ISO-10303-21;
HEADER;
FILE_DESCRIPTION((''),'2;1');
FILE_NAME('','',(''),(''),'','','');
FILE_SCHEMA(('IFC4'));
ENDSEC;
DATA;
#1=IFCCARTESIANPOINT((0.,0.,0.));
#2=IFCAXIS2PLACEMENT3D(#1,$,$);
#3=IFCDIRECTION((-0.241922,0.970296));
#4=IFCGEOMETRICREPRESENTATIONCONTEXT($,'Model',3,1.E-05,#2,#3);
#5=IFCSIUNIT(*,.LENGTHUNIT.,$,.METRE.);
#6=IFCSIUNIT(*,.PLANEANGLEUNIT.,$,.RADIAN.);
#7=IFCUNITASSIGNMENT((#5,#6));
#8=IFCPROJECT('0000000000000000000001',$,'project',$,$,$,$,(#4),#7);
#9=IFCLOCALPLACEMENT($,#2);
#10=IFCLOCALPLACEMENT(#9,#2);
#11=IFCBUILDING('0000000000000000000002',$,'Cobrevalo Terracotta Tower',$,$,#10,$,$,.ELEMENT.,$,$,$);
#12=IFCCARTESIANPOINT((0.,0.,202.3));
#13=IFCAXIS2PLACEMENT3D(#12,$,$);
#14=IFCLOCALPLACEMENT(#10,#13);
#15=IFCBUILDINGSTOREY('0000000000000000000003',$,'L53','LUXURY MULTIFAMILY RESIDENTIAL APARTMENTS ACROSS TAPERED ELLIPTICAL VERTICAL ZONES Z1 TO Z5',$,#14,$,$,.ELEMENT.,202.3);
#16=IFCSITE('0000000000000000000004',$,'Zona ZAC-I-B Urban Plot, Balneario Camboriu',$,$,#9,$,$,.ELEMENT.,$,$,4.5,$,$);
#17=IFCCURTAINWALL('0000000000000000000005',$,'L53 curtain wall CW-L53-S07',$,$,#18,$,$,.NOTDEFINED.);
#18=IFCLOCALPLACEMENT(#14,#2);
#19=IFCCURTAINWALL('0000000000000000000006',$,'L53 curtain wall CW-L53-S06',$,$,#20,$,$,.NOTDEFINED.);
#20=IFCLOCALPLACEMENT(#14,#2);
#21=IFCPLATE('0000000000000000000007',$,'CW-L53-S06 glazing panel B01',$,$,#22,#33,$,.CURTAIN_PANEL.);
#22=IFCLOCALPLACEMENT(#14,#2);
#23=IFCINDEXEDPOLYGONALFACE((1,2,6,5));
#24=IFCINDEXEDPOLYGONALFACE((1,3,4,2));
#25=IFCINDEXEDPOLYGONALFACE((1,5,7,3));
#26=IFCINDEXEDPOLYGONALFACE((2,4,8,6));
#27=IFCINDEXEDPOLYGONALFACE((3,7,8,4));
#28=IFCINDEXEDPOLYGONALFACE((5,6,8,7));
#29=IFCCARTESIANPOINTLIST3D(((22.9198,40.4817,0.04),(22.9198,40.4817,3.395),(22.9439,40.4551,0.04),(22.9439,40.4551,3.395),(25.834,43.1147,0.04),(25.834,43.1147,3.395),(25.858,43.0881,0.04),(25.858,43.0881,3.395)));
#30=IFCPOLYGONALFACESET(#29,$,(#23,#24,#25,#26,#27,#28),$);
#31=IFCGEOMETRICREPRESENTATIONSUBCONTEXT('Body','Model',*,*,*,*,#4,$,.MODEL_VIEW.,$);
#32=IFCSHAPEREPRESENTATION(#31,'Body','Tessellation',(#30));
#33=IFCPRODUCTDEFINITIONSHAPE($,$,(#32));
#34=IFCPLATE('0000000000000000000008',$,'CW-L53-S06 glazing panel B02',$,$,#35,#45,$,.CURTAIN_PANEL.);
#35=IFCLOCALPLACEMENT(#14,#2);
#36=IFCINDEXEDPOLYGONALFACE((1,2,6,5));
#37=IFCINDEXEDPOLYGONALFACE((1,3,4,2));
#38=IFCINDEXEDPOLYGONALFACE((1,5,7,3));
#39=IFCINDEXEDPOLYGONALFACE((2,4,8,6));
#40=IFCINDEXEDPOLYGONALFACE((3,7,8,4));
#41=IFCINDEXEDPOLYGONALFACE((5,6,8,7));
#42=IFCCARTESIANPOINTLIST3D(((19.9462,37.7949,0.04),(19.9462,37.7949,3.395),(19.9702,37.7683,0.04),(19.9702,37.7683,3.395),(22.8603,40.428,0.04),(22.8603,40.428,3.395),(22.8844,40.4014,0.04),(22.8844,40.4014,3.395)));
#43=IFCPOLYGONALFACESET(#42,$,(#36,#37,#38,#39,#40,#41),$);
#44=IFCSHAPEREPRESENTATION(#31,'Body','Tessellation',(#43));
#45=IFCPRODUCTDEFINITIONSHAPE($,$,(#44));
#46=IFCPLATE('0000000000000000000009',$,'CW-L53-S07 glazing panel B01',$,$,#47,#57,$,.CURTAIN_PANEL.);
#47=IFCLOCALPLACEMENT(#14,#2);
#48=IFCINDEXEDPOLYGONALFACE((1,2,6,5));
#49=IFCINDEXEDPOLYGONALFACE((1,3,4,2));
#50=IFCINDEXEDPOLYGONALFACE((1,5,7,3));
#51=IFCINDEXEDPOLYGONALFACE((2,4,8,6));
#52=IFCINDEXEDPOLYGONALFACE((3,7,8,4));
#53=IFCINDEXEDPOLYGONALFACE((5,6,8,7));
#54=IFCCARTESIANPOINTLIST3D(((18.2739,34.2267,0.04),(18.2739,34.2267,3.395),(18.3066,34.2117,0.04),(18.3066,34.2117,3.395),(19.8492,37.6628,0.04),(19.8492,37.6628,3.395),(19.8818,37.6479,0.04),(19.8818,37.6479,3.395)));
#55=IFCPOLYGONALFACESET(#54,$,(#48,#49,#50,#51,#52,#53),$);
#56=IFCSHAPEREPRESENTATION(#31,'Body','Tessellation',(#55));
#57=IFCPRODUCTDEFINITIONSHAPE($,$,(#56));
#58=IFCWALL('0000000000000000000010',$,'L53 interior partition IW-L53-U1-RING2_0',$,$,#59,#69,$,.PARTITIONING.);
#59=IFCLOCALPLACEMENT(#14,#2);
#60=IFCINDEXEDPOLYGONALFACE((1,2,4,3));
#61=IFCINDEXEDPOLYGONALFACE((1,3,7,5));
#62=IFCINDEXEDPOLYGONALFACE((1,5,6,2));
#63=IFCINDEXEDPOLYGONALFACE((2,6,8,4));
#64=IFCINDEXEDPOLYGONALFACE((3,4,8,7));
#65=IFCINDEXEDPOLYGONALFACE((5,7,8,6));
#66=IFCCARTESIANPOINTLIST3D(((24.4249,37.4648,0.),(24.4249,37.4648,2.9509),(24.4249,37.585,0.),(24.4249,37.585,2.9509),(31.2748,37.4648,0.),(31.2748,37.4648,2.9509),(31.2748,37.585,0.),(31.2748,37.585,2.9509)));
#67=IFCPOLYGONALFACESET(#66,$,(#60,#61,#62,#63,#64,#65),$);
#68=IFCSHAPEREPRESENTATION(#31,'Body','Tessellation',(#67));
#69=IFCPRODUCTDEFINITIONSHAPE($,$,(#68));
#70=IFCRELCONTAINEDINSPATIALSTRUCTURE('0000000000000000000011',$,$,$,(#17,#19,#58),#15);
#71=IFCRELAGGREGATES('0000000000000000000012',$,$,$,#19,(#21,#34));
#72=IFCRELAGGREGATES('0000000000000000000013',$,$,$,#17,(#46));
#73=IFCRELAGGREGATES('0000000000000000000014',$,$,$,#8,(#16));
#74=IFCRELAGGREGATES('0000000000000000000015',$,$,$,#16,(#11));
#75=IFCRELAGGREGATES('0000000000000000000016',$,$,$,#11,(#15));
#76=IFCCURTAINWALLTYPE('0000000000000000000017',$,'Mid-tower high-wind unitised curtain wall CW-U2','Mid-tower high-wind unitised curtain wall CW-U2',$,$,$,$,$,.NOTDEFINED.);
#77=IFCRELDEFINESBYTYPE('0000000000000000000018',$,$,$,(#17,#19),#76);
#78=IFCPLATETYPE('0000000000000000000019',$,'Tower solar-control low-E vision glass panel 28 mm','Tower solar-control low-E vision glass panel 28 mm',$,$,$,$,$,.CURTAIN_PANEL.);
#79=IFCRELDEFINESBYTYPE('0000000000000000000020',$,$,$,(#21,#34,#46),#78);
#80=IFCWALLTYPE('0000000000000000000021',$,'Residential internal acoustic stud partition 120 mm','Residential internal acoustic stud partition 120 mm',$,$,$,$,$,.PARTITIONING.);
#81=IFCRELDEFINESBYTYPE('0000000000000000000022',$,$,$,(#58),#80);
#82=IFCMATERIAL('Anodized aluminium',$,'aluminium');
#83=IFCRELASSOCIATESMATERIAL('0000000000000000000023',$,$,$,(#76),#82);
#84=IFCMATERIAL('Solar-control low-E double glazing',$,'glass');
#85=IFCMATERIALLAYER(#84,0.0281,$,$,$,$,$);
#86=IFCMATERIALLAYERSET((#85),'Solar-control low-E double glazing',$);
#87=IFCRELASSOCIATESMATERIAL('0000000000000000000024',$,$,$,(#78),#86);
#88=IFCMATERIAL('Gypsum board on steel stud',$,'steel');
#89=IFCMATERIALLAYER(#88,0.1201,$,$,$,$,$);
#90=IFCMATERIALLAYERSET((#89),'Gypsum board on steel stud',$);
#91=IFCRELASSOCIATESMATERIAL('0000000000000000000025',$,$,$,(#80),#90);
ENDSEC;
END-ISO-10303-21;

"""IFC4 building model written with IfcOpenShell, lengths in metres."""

from ifc_helpers import new_model, si_unit, direction, frame, frame_2d, origin, origin_2d, place, context, subcontext, project, spatial, rectangle, extrude, source, transform, mapped, material, layer, layer_set, type_object, element, aggregate, save


model = new_model("IFC4")

# Units and contexts
model_context = context("Model", 3, precision=1e-05, world=origin(), true_north=direction((-0.241922, 0.970296)))
body_context = subcontext(model_context, "Body", "Model", "MODEL_VIEW")
ifc_project = project(units=[si_unit("LENGTHUNIT", "METRE"), si_unit("PLANEANGLEUNIT", "RADIAN")], contexts=[model_context])

# Site, building, storey
site_placement = place(None, origin())
site = spatial("IfcSite", under=ifc_project, at=site_placement, Name="Zona ZAC-I-B Urban Plot, Balneario Camboriu", CompositionType="ELEMENT", RefElevation=4.5)
building_placement = place(site_placement, origin())
building = spatial("IfcBuilding", under=site, at=building_placement, Name="Cobrevalo Terracotta Tower", CompositionType="ELEMENT")
storey_placement = place(building_placement, frame((0.0, 0.0, 202.3)))
storey = spatial("IfcBuildingStorey", under=building, at=storey_placement, Name="L53", Description="LUXURY MULTIFAMILY RESIDENTIAL APARTMENTS ACROSS TAPERED ELLIPTICAL VERTICAL ZONES Z1 TO Z5", CompositionType="ELEMENT", Elevation=202.3)

# Curtain walls
ifc_material_1 = material(Name="Anodized aluminium", Category="aluminium")
curtain_wall_type = type_object("IfcCurtainWallType", Name="Mid-tower high-wind unitised curtain wall CW-U2", Description="Mid-tower high-wind unitised curtain wall CW-U2", PredefinedType="NOTDEFINED", material=ifc_material_1)
curtain_wall_1_placement = place(storey_placement, origin())
curtain_wall_1 = element("IfcCurtainWall", 1, at=curtain_wall_1_placement, inside=storey, type_object=curtain_wall_type, Name="L53 curtain wall CW-L53-S07", PredefinedType="NOTDEFINED")
curtain_wall_2_placement = place(storey_placement, origin())
curtain_wall_2 = element("IfcCurtainWall", 2, at=curtain_wall_2_placement, inside=storey, type_object=curtain_wall_type, Name="L53 curtain wall CW-L53-S06", PredefinedType="NOTDEFINED")

# Plates
ifc_material_2 = material(Name="Solar-control low-E double glazing", Category="glass")
ifc_layer_1 = layer(ifc_material_2, 0.0281)
ifc_layer_set_1 = layer_set([ifc_layer_1], Name="Solar-control low-E double glazing")
plate_type = type_object("IfcPlateType", Name="Tower solar-control low-E vision glass panel 28 mm", Description="Tower solar-control low-E vision glass panel 28 mm", PredefinedType="CURTAIN_PANEL", material=ifc_layer_set_1)
shared_shape_1 = source(origin(), body_context, "Body", "SweptSolid", [
    extrude(rectangle(XDim=3.9275, YDim=0.0359, at=origin_2d()), origin(), (0.0, 0.0, 1.0), 3.355),
])
plate_1_placement = place(storey_placement, frame((24.3889, 41.7849, 0.04), z_axis=(0.0, 0.0, 1.0), x_axis=(-0.741988, -0.670414, 0.0)))
plate_1 = element("IfcPlate", 3, at=plate_1_placement, type_object=plate_type, Name="CW-L53-S06 glazing panel B01", PredefinedType="CURTAIN_PANEL", context=body_context, shape_type="MappedRepresentation", body=[
    mapped(shared_shape_1, transform((0.0, 0.0, 0.0), scale=1.0)),
])
plate_2_placement = place(storey_placement, frame((21.4153, 39.0981, 0.04), z_axis=(0.0, 0.0, 1.0), x_axis=(-0.741988, -0.670414, 0.0)))
plate_2 = element("IfcPlate", 4, at=plate_2_placement, type_object=plate_type, Name="CW-L53-S06 glazing panel B02", PredefinedType="CURTAIN_PANEL", context=body_context, shape_type="MappedRepresentation", body=[
    mapped(shared_shape_1, transform((0.0, 0.0, 0.0), scale=1.0)),
])
aggregate(curtain_wall_2, [plate_1, plate_2])
shared_shape_2 = source(origin(), body_context, "Body", "SweptSolid", [
    extrude(rectangle(XDim=3.78, YDim=0.0359, at=origin_2d()), origin(), (0.0, 0.0, 1.0), 3.355),
])
plate_3_placement = place(storey_placement, frame((19.0779, 35.9373, 0.04), z_axis=(0.0, 0.0, 1.0), x_axis=(-0.416731, -0.90903, 0.0)))
plate_3 = element("IfcPlate", 5, at=plate_3_placement, type_object=plate_type, Name="CW-L53-S07 glazing panel B01", PredefinedType="CURTAIN_PANEL", context=body_context, shape_type="MappedRepresentation", body=[
    mapped(shared_shape_2, transform((0.0, 0.0, 0.0), scale=1.0)),
])
aggregate(curtain_wall_1, [plate_3])

# Wall
ifc_material_3 = material(Name="Gypsum board on steel stud", Category="steel")
ifc_layer_2 = layer(ifc_material_3, 0.1201)
ifc_layer_set_2 = layer_set([ifc_layer_2], Name="Gypsum board on steel stud")
wall_type = type_object("IfcWallType", Name="Residential internal acoustic stud partition 120 mm", Description="Residential internal acoustic stud partition 120 mm", PredefinedType="PARTITIONING", material=ifc_layer_set_2)
wall_placement = place(storey_placement, frame((24.425, 37.5249, 0.0), z_axis=(0.0, 0.0, 1.0), x_axis=(1.0, 0.0, 0.0)))
element("IfcWall", 6, at=wall_placement, inside=storey, type_object=wall_type, Name="L53 interior partition IW-L53-U1-RING2_0", PredefinedType="PARTITIONING", context=body_context, shape_type="SweptSolid", body=[
    extrude(rectangle(XDim=6.8499, YDim=0.1201, at=frame_2d((3.4248, 0.0))), origin(), (0.0, 0.0, 1.0), 2.9509),
])

save(model, "model.ifc")
